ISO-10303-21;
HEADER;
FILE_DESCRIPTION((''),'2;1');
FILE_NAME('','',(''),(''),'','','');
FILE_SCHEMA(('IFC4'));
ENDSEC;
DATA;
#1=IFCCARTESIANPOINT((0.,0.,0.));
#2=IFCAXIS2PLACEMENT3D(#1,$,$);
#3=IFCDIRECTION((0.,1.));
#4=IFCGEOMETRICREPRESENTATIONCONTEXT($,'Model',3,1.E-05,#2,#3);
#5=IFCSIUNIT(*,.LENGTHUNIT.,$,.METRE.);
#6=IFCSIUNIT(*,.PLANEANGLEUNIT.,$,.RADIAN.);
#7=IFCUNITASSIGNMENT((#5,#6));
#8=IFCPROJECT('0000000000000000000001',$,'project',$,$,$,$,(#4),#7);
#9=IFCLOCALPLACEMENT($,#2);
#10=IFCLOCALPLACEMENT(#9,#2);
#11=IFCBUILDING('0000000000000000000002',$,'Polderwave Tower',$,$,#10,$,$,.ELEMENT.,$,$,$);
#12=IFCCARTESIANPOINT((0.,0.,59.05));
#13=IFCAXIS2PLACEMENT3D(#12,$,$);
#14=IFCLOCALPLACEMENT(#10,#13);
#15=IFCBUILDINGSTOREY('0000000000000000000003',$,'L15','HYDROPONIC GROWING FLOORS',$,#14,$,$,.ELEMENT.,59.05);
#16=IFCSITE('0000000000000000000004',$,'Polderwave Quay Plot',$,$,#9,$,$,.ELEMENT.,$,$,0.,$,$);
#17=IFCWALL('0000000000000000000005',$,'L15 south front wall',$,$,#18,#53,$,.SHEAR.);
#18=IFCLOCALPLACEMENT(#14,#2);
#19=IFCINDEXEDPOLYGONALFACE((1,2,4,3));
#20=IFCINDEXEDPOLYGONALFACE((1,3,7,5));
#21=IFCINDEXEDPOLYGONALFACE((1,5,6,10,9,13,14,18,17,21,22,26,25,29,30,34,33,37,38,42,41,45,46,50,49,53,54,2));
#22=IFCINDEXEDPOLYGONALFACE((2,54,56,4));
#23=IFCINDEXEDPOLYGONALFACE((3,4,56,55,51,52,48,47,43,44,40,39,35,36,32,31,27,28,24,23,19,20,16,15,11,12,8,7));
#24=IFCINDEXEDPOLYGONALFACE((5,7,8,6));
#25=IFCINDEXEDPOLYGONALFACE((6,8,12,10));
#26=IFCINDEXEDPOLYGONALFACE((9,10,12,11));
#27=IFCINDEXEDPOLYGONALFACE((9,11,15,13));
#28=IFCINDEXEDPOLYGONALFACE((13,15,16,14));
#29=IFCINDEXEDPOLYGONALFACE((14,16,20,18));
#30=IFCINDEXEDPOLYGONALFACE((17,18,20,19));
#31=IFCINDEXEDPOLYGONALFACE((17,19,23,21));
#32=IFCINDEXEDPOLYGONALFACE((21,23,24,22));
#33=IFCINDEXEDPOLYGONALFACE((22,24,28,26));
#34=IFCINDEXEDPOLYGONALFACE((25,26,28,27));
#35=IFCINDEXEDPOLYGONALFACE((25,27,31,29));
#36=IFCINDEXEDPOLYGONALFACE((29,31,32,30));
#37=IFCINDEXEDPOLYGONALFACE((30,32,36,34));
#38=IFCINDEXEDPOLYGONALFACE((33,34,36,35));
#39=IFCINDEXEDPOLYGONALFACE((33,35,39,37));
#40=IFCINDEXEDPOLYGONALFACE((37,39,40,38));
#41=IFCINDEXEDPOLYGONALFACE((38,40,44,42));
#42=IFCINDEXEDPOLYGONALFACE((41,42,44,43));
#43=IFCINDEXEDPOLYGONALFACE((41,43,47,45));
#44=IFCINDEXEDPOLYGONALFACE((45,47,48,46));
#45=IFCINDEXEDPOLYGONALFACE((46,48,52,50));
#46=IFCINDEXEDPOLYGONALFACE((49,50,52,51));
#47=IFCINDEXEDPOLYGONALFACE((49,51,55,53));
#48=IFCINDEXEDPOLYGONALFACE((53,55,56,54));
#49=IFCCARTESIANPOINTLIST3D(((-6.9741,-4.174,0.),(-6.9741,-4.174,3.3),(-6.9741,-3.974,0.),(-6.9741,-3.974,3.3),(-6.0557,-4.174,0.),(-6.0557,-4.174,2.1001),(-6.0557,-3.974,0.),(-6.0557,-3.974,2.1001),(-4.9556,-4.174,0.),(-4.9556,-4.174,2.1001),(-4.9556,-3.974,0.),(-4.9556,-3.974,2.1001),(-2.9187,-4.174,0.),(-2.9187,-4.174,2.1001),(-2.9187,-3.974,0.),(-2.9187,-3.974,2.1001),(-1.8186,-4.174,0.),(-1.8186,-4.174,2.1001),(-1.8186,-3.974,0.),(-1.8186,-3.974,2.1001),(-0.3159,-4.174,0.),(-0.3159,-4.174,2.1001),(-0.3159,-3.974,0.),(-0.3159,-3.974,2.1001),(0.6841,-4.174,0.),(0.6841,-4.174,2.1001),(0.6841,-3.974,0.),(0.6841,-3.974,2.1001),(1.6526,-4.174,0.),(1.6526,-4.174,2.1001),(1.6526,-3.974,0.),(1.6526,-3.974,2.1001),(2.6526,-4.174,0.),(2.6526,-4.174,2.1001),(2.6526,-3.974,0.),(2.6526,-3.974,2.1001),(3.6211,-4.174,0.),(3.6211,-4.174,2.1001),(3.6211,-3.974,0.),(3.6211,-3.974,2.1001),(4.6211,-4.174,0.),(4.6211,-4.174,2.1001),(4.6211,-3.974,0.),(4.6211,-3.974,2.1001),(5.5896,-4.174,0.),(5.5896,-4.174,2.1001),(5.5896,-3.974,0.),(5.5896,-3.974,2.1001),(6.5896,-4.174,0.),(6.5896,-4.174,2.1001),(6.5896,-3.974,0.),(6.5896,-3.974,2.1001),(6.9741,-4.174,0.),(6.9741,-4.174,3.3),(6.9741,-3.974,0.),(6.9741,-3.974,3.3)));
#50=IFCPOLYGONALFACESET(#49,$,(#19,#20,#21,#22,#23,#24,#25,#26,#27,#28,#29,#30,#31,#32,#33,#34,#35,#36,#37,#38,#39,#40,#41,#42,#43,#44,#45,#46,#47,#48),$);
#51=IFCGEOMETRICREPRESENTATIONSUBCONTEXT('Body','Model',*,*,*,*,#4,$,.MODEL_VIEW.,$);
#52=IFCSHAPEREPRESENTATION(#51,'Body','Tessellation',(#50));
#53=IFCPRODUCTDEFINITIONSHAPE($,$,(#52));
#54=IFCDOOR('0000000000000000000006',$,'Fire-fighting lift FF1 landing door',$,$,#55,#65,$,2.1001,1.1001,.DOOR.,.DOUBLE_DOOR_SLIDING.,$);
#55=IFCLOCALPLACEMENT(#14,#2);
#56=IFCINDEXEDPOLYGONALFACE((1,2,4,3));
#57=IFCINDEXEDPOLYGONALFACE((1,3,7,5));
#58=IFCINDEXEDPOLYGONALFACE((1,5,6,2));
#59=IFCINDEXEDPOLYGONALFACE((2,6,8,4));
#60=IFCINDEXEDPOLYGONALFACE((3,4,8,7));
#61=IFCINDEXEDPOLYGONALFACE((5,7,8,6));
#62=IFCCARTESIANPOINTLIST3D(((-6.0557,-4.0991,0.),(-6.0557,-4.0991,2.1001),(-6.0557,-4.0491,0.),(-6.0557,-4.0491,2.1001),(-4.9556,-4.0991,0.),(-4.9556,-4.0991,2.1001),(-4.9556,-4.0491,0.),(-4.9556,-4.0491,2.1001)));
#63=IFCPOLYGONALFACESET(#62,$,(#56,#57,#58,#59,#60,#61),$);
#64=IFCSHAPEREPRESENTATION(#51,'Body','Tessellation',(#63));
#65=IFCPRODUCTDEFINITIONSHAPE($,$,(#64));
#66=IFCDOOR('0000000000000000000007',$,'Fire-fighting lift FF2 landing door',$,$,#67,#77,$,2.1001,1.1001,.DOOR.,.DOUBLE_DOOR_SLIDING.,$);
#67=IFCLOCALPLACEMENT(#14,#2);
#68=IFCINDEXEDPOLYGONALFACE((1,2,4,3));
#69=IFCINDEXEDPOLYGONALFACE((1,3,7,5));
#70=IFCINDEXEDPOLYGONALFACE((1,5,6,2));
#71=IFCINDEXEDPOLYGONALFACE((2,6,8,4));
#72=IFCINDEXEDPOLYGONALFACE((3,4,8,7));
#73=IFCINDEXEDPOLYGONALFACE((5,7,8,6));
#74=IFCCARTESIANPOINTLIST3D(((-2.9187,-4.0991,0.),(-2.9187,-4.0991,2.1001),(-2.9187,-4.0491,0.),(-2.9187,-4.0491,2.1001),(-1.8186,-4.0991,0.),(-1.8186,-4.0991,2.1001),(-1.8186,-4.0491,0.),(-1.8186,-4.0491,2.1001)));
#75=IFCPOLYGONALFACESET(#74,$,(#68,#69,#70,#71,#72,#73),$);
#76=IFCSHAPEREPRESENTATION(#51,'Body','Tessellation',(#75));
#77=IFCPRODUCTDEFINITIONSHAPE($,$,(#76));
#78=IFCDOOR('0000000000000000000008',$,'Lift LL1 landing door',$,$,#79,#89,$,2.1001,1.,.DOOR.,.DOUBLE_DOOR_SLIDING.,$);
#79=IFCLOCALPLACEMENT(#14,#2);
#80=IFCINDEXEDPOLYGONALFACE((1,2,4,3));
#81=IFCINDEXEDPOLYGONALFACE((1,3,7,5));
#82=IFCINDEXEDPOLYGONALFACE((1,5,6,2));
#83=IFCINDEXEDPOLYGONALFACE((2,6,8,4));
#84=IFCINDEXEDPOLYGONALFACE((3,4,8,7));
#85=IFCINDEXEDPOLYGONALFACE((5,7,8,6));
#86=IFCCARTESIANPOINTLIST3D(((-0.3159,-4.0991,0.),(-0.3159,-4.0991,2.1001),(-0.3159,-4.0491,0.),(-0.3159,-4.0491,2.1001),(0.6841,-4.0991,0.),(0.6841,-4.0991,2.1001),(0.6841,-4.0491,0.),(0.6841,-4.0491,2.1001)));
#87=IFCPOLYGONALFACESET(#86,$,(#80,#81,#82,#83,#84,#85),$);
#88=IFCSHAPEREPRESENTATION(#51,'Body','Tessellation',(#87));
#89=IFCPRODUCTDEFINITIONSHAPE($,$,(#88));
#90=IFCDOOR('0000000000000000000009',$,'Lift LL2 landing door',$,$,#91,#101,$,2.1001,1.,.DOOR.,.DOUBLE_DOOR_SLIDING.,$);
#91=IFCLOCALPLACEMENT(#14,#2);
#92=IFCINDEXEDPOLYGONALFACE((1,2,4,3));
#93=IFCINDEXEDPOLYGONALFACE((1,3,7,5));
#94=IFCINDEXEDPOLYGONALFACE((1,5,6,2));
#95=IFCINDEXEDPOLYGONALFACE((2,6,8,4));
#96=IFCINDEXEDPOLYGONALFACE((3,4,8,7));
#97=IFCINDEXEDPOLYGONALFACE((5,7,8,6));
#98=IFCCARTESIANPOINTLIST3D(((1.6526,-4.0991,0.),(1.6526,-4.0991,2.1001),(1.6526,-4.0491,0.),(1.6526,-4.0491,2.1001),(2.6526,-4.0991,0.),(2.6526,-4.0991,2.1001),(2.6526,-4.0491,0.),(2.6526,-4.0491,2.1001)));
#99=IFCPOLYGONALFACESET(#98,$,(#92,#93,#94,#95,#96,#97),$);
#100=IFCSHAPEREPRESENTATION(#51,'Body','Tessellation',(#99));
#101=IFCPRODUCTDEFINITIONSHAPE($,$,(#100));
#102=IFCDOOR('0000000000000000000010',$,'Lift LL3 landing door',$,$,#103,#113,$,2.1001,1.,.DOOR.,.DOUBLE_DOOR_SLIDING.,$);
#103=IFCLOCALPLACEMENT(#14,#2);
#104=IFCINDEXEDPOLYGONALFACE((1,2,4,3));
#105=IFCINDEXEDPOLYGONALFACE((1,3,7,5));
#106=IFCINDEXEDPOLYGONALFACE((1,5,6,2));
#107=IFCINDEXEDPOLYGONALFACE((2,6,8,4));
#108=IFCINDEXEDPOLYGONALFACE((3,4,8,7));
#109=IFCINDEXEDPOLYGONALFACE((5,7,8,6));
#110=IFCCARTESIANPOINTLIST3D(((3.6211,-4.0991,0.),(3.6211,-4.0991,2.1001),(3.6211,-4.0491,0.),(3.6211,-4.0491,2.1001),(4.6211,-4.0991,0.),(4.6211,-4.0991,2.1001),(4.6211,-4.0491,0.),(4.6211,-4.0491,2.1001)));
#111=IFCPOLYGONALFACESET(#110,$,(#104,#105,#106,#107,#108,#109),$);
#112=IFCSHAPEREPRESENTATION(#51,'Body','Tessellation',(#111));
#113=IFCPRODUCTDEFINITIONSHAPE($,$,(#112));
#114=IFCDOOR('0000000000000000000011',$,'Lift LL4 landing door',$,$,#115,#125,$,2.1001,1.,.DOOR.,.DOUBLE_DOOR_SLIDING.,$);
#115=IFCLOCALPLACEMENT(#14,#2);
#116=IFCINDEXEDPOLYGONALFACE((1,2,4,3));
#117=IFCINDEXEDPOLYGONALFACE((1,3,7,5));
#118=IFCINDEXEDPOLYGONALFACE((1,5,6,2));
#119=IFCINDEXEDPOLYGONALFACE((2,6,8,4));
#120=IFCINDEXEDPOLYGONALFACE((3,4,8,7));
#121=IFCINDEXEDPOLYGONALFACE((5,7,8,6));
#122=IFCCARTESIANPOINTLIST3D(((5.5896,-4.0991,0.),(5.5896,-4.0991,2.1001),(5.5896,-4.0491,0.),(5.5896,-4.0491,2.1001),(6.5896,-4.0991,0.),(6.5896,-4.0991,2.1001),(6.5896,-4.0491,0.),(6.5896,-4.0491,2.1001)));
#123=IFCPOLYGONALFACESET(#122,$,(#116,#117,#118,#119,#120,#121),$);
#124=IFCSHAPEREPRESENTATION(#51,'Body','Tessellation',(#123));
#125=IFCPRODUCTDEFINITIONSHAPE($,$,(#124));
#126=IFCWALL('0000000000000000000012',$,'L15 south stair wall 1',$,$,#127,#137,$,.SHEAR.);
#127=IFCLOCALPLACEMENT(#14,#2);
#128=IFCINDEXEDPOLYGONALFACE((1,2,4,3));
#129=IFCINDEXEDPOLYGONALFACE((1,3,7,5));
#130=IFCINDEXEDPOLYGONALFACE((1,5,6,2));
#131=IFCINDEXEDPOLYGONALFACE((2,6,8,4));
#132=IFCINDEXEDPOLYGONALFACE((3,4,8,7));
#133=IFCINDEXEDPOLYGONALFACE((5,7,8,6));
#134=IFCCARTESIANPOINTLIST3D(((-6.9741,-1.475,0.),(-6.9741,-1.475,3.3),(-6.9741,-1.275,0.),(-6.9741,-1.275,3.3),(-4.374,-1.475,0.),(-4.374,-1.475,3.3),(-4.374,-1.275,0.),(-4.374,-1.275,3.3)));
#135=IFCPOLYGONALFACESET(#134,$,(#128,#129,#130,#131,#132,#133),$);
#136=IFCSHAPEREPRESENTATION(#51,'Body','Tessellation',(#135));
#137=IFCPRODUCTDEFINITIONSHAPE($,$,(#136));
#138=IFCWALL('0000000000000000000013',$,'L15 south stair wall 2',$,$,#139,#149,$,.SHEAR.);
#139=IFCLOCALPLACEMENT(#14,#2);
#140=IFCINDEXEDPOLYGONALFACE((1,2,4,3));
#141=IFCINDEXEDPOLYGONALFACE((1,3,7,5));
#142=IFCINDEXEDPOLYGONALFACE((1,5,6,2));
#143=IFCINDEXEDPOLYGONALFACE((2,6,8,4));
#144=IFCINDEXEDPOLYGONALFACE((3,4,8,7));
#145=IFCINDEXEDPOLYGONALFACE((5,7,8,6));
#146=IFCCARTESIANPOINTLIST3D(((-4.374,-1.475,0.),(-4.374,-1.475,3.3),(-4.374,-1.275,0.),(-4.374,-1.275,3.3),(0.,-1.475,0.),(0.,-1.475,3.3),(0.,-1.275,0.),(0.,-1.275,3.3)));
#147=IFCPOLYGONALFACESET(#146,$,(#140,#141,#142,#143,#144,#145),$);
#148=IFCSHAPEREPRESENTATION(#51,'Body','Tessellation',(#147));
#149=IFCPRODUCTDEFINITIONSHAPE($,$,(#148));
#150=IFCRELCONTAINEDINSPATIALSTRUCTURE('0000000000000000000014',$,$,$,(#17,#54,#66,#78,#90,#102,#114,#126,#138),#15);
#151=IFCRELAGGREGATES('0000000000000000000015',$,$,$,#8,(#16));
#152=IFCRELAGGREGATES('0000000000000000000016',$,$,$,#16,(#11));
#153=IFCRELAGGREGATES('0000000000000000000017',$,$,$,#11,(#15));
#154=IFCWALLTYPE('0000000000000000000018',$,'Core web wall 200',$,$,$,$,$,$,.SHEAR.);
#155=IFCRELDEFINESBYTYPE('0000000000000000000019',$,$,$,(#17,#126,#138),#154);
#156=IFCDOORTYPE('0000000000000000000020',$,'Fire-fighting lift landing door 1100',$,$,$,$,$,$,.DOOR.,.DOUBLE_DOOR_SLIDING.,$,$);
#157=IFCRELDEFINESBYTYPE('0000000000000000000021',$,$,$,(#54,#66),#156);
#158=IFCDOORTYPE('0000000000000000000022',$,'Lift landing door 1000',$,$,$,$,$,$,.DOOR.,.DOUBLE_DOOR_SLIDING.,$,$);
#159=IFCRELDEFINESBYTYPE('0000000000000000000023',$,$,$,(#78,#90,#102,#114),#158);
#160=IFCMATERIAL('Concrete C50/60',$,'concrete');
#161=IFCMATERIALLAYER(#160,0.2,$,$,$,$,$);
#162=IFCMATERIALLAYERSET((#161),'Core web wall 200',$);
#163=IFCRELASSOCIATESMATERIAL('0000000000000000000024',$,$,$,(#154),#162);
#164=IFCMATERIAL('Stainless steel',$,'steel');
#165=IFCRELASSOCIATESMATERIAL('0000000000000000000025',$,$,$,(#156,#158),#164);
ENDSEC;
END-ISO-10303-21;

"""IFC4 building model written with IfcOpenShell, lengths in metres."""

from ifc_helpers import new_model, si_unit, direction, frame, frame_2d, origin, place, context, subcontext, project, spatial, rectangle, extrude, material, layer, layer_set, type_object, element, fill, save


model = new_model("IFC4")

# Units and contexts
model_context = context("Model", 3, precision=1e-05, world=origin(), true_north=direction((0.0, 1.0)))
body_context = subcontext(model_context, "Body", "Model", "MODEL_VIEW")
ifc_project = project(units=[si_unit("LENGTHUNIT", "METRE"), si_unit("PLANEANGLEUNIT", "RADIAN")], contexts=[model_context])

# Site, building, storey
site_placement = place(None, origin())
site = spatial("IfcSite", under=ifc_project, at=site_placement, Name="Polderwave Quay Plot", CompositionType="ELEMENT", RefElevation=0.0)
building_placement = place(site_placement, origin())
building = spatial("IfcBuilding", under=site, at=building_placement, Name="Polderwave Tower", CompositionType="ELEMENT")
storey_placement = place(building_placement, frame((0.0, 0.0, 59.05)))
storey = spatial("IfcBuildingStorey", under=building, at=storey_placement, Name="L15", Description="HYDROPONIC GROWING FLOORS", CompositionType="ELEMENT", Elevation=59.05)

# Wall, openings, doors
ifc_material_1 = material(Name="Concrete C50/60", Category="concrete")
ifc_layer_1 = layer(ifc_material_1, 0.2)
ifc_layer_set_1 = layer_set([ifc_layer_1], Name="Core web wall 200")
wall_type_1 = type_object("IfcWallType", Name="Core web wall 200", PredefinedType="SHEAR", material=ifc_layer_set_1)
wall_1_placement = place(storey_placement, frame((-6.9741, -4.074, 0.0), z_axis=(0.0, 0.0, 1.0), x_axis=(1.0, 0.0, 0.0)))
wall_1 = element("IfcWall", 1, at=wall_1_placement, inside=storey, type_object=wall_type_1, Name="L15 south front wall", PredefinedType="SHEAR", context=body_context, shape_type="SweptSolid", body=[
    extrude(rectangle(XDim=13.9482, YDim=0.2, at=frame_2d((6.9741, 0.0))), origin(), (0.0, 0.0, 1.0), 3.3),
])
opening_1_placement = place(wall_1_placement, frame((0.9185, 0.0, 0.0)))
opening_1 = element("IfcOpeningElement", 2, at=opening_1_placement, cuts=wall_1, PredefinedType="OPENING", context=body_context, shape_type="SweptSolid", body=[
    extrude(rectangle(XDim=1.1001, YDim=2.1001, at=frame_2d((0.55, 1.05))), frame((0.0, 0.1099, 0.0), z_axis=(0.0, -1.0, 0.0), x_axis=(1.0, 0.0, 0.0)), (0.0, 0.0, 1.0), 0.22),
])
opening_2_placement = place(wall_1_placement, frame((4.0554, 0.0, 0.0)))
opening_2 = element("IfcOpeningElement", 3, at=opening_2_placement, cuts=wall_1, PredefinedType="OPENING", context=body_context, shape_type="SweptSolid", body=[
    extrude(rectangle(XDim=1.1001, YDim=2.1001, at=frame_2d((0.55, 1.05))), frame((0.0, 0.1099, 0.0), z_axis=(0.0, -1.0, 0.0), x_axis=(1.0, 0.0, 0.0)), (0.0, 0.0, 1.0), 0.22),
])
opening_3_placement = place(wall_1_placement, frame((6.6582, 0.0, 0.0)))
opening_3 = element("IfcOpeningElement", 4, at=opening_3_placement, cuts=wall_1, PredefinedType="OPENING", context=body_context, shape_type="SweptSolid", body=[
    extrude(rectangle(XDim=1.0, YDim=2.1001, at=frame_2d((0.5, 1.05))), frame((0.0, 0.1099, 0.0), z_axis=(0.0, -1.0, 0.0), x_axis=(1.0, 0.0, 0.0)), (0.0, 0.0, 1.0), 0.22),
])
opening_4_placement = place(wall_1_placement, frame((8.6267, 0.0, 0.0)))
opening_4 = element("IfcOpeningElement", 5, at=opening_4_placement, cuts=wall_1, PredefinedType="OPENING", context=body_context, shape_type="SweptSolid", body=[
    extrude(rectangle(XDim=1.0, YDim=2.1001, at=frame_2d((0.5, 1.05))), frame((0.0, 0.1099, 0.0), z_axis=(0.0, -1.0, 0.0), x_axis=(1.0, 0.0, 0.0)), (0.0, 0.0, 1.0), 0.22),
])
opening_5_placement = place(wall_1_placement, frame((10.5952, 0.0, 0.0)))
opening_5 = element("IfcOpeningElement", 6, at=opening_5_placement, cuts=wall_1, PredefinedType="OPENING", context=body_context, shape_type="SweptSolid", body=[
    extrude(rectangle(XDim=1.0, YDim=2.1001, at=frame_2d((0.5, 1.05))), frame((0.0, 0.1099, 0.0), z_axis=(0.0, -1.0, 0.0), x_axis=(1.0, 0.0, 0.0)), (0.0, 0.0, 1.0), 0.22),
])
opening_6_placement = place(wall_1_placement, frame((12.5637, 0.0, 0.0)))
opening_6 = element("IfcOpeningElement", 7, at=opening_6_placement, cuts=wall_1, PredefinedType="OPENING", context=body_context, shape_type="SweptSolid", body=[
    extrude(rectangle(XDim=1.0, YDim=2.1001, at=frame_2d((0.5, 1.05))), frame((0.0, 0.1099, 0.0), z_axis=(0.0, -1.0, 0.0), x_axis=(1.0, 0.0, 0.0)), (0.0, 0.0, 1.0), 0.22),
])
ifc_material_2 = material(Name="Stainless steel", Category="steel")
door_type_1 = type_object("IfcDoorType", Name="Fire-fighting lift landing door 1100", OperationType="DOUBLE_DOOR_SLIDING", PredefinedType="DOOR", material=ifc_material_2)
door_1_placement = place(opening_1_placement, origin())
door_1 = element("IfcDoor", 8, at=door_1_placement, inside=storey, type_object=door_type_1, Name="Fire-fighting lift FF1 landing door", OperationType="DOUBLE_DOOR_SLIDING", OverallHeight=2.1001, OverallWidth=1.1001, PredefinedType="DOOR", context=body_context, shape_type="SweptSolid", body=[
    extrude(rectangle(XDim=1.1001, YDim=2.1001, at=frame_2d((0.55, 1.05))), frame((0.0, 0.0249, 0.0), z_axis=(0.0, -1.0, 0.0), x_axis=(1.0, 0.0, 0.0)), (0.0, 0.0, 1.0), 0.05),
])
fill(opening_1, door_1)
door_2_placement = place(opening_2_placement, origin())
door_2 = element("IfcDoor", 9, at=door_2_placement, inside=storey, type_object=door_type_1, Name="Fire-fighting lift FF2 landing door", OperationType="DOUBLE_DOOR_SLIDING", OverallHeight=2.1001, OverallWidth=1.1001, PredefinedType="DOOR", context=body_context, shape_type="SweptSolid", body=[
    extrude(rectangle(XDim=1.1001, YDim=2.1001, at=frame_2d((0.55, 1.05))), frame((0.0, 0.0249, 0.0), z_axis=(0.0, -1.0, 0.0), x_axis=(1.0, 0.0, 0.0)), (0.0, 0.0, 1.0), 0.05),
])
fill(opening_2, door_2)
door_type_2 = type_object("IfcDoorType", Name="Lift landing door 1000", OperationType="DOUBLE_DOOR_SLIDING", PredefinedType="DOOR", material=ifc_material_2)
door_3_placement = place(opening_3_placement, origin())
door_3 = element("IfcDoor", 10, at=door_3_placement, inside=storey, type_object=door_type_2, Name="Lift LL1 landing door", OperationType="DOUBLE_DOOR_SLIDING", OverallHeight=2.1001, OverallWidth=1.0, PredefinedType="DOOR", context=body_context, shape_type="SweptSolid", body=[
    extrude(rectangle(XDim=1.0, YDim=2.1001, at=frame_2d((0.5, 1.05))), frame((0.0, 0.0249, 0.0), z_axis=(0.0, -1.0, 0.0), x_axis=(1.0, 0.0, 0.0)), (0.0, 0.0, 1.0), 0.05),
])
fill(opening_3, door_3)
door_4_placement = place(opening_4_placement, origin())
door_4 = element("IfcDoor", 11, at=door_4_placement, inside=storey, type_object=door_type_2, Name="Lift LL2 landing door", OperationType="DOUBLE_DOOR_SLIDING", OverallHeight=2.1001, OverallWidth=1.0, PredefinedType="DOOR", context=body_context, shape_type="SweptSolid", body=[
    extrude(rectangle(XDim=1.0, YDim=2.1001, at=frame_2d((0.5, 1.05))), frame((0.0, 0.0249, 0.0), z_axis=(0.0, -1.0, 0.0), x_axis=(1.0, 0.0, 0.0)), (0.0, 0.0, 1.0), 0.05),
])
fill(opening_4, door_4)
door_5_placement = place(opening_5_placement, origin())
door_5 = element("IfcDoor", 12, at=door_5_placement, inside=storey, type_object=door_type_2, Name="Lift LL3 landing door", OperationType="DOUBLE_DOOR_SLIDING", OverallHeight=2.1001, OverallWidth=1.0, PredefinedType="DOOR", context=body_context, shape_type="SweptSolid", body=[
    extrude(rectangle(XDim=1.0, YDim=2.1001, at=frame_2d((0.5, 1.05))), frame((0.0, 0.0249, 0.0), z_axis=(0.0, -1.0, 0.0), x_axis=(1.0, 0.0, 0.0)), (0.0, 0.0, 1.0), 0.05),
])
fill(opening_5, door_5)
door_6_placement = place(opening_6_placement, origin())
door_6 = element("IfcDoor", 13, at=door_6_placement, inside=storey, type_object=door_type_2, Name="Lift LL4 landing door", OperationType="DOUBLE_DOOR_SLIDING", OverallHeight=2.1001, OverallWidth=1.0, PredefinedType="DOOR", context=body_context, shape_type="SweptSolid", body=[
    extrude(rectangle(XDim=1.0, YDim=2.1001, at=frame_2d((0.5, 1.05))), frame((0.0, 0.0249, 0.0), z_axis=(0.0, -1.0, 0.0), x_axis=(1.0, 0.0, 0.0)), (0.0, 0.0, 1.0), 0.05),
])
fill(opening_6, door_6)

# Walls
wall_2_placement = place(storey_placement, frame((-6.9741, -1.375, 0.0), z_axis=(0.0, 0.0, 1.0), x_axis=(1.0, 0.0, 0.0)))
element("IfcWall", 14, at=wall_2_placement, inside=storey, type_object=wall_type_1, Name="L15 south stair wall 1", PredefinedType="SHEAR", context=body_context, shape_type="SweptSolid", body=[
    extrude(rectangle(XDim=2.6001, YDim=0.2, at=frame_2d((1.3, 0.0))), origin(), (0.0, 0.0, 1.0), 3.3),
])
wall_3_placement = place(storey_placement, frame((-4.374, -1.375, 0.0), z_axis=(0.0, 0.0, 1.0), x_axis=(1.0, 0.0, 0.0)))
element("IfcWall", 15, at=wall_3_placement, inside=storey, type_object=wall_type_1, Name="L15 south stair wall 2", PredefinedType="SHEAR", context=body_context, shape_type="SweptSolid", body=[
    extrude(rectangle(XDim=4.374, YDim=0.2, at=frame_2d((2.187, 0.0))), origin(), (0.0, 0.0, 1.0), 3.3),
])

save(model, "model.ifc")
